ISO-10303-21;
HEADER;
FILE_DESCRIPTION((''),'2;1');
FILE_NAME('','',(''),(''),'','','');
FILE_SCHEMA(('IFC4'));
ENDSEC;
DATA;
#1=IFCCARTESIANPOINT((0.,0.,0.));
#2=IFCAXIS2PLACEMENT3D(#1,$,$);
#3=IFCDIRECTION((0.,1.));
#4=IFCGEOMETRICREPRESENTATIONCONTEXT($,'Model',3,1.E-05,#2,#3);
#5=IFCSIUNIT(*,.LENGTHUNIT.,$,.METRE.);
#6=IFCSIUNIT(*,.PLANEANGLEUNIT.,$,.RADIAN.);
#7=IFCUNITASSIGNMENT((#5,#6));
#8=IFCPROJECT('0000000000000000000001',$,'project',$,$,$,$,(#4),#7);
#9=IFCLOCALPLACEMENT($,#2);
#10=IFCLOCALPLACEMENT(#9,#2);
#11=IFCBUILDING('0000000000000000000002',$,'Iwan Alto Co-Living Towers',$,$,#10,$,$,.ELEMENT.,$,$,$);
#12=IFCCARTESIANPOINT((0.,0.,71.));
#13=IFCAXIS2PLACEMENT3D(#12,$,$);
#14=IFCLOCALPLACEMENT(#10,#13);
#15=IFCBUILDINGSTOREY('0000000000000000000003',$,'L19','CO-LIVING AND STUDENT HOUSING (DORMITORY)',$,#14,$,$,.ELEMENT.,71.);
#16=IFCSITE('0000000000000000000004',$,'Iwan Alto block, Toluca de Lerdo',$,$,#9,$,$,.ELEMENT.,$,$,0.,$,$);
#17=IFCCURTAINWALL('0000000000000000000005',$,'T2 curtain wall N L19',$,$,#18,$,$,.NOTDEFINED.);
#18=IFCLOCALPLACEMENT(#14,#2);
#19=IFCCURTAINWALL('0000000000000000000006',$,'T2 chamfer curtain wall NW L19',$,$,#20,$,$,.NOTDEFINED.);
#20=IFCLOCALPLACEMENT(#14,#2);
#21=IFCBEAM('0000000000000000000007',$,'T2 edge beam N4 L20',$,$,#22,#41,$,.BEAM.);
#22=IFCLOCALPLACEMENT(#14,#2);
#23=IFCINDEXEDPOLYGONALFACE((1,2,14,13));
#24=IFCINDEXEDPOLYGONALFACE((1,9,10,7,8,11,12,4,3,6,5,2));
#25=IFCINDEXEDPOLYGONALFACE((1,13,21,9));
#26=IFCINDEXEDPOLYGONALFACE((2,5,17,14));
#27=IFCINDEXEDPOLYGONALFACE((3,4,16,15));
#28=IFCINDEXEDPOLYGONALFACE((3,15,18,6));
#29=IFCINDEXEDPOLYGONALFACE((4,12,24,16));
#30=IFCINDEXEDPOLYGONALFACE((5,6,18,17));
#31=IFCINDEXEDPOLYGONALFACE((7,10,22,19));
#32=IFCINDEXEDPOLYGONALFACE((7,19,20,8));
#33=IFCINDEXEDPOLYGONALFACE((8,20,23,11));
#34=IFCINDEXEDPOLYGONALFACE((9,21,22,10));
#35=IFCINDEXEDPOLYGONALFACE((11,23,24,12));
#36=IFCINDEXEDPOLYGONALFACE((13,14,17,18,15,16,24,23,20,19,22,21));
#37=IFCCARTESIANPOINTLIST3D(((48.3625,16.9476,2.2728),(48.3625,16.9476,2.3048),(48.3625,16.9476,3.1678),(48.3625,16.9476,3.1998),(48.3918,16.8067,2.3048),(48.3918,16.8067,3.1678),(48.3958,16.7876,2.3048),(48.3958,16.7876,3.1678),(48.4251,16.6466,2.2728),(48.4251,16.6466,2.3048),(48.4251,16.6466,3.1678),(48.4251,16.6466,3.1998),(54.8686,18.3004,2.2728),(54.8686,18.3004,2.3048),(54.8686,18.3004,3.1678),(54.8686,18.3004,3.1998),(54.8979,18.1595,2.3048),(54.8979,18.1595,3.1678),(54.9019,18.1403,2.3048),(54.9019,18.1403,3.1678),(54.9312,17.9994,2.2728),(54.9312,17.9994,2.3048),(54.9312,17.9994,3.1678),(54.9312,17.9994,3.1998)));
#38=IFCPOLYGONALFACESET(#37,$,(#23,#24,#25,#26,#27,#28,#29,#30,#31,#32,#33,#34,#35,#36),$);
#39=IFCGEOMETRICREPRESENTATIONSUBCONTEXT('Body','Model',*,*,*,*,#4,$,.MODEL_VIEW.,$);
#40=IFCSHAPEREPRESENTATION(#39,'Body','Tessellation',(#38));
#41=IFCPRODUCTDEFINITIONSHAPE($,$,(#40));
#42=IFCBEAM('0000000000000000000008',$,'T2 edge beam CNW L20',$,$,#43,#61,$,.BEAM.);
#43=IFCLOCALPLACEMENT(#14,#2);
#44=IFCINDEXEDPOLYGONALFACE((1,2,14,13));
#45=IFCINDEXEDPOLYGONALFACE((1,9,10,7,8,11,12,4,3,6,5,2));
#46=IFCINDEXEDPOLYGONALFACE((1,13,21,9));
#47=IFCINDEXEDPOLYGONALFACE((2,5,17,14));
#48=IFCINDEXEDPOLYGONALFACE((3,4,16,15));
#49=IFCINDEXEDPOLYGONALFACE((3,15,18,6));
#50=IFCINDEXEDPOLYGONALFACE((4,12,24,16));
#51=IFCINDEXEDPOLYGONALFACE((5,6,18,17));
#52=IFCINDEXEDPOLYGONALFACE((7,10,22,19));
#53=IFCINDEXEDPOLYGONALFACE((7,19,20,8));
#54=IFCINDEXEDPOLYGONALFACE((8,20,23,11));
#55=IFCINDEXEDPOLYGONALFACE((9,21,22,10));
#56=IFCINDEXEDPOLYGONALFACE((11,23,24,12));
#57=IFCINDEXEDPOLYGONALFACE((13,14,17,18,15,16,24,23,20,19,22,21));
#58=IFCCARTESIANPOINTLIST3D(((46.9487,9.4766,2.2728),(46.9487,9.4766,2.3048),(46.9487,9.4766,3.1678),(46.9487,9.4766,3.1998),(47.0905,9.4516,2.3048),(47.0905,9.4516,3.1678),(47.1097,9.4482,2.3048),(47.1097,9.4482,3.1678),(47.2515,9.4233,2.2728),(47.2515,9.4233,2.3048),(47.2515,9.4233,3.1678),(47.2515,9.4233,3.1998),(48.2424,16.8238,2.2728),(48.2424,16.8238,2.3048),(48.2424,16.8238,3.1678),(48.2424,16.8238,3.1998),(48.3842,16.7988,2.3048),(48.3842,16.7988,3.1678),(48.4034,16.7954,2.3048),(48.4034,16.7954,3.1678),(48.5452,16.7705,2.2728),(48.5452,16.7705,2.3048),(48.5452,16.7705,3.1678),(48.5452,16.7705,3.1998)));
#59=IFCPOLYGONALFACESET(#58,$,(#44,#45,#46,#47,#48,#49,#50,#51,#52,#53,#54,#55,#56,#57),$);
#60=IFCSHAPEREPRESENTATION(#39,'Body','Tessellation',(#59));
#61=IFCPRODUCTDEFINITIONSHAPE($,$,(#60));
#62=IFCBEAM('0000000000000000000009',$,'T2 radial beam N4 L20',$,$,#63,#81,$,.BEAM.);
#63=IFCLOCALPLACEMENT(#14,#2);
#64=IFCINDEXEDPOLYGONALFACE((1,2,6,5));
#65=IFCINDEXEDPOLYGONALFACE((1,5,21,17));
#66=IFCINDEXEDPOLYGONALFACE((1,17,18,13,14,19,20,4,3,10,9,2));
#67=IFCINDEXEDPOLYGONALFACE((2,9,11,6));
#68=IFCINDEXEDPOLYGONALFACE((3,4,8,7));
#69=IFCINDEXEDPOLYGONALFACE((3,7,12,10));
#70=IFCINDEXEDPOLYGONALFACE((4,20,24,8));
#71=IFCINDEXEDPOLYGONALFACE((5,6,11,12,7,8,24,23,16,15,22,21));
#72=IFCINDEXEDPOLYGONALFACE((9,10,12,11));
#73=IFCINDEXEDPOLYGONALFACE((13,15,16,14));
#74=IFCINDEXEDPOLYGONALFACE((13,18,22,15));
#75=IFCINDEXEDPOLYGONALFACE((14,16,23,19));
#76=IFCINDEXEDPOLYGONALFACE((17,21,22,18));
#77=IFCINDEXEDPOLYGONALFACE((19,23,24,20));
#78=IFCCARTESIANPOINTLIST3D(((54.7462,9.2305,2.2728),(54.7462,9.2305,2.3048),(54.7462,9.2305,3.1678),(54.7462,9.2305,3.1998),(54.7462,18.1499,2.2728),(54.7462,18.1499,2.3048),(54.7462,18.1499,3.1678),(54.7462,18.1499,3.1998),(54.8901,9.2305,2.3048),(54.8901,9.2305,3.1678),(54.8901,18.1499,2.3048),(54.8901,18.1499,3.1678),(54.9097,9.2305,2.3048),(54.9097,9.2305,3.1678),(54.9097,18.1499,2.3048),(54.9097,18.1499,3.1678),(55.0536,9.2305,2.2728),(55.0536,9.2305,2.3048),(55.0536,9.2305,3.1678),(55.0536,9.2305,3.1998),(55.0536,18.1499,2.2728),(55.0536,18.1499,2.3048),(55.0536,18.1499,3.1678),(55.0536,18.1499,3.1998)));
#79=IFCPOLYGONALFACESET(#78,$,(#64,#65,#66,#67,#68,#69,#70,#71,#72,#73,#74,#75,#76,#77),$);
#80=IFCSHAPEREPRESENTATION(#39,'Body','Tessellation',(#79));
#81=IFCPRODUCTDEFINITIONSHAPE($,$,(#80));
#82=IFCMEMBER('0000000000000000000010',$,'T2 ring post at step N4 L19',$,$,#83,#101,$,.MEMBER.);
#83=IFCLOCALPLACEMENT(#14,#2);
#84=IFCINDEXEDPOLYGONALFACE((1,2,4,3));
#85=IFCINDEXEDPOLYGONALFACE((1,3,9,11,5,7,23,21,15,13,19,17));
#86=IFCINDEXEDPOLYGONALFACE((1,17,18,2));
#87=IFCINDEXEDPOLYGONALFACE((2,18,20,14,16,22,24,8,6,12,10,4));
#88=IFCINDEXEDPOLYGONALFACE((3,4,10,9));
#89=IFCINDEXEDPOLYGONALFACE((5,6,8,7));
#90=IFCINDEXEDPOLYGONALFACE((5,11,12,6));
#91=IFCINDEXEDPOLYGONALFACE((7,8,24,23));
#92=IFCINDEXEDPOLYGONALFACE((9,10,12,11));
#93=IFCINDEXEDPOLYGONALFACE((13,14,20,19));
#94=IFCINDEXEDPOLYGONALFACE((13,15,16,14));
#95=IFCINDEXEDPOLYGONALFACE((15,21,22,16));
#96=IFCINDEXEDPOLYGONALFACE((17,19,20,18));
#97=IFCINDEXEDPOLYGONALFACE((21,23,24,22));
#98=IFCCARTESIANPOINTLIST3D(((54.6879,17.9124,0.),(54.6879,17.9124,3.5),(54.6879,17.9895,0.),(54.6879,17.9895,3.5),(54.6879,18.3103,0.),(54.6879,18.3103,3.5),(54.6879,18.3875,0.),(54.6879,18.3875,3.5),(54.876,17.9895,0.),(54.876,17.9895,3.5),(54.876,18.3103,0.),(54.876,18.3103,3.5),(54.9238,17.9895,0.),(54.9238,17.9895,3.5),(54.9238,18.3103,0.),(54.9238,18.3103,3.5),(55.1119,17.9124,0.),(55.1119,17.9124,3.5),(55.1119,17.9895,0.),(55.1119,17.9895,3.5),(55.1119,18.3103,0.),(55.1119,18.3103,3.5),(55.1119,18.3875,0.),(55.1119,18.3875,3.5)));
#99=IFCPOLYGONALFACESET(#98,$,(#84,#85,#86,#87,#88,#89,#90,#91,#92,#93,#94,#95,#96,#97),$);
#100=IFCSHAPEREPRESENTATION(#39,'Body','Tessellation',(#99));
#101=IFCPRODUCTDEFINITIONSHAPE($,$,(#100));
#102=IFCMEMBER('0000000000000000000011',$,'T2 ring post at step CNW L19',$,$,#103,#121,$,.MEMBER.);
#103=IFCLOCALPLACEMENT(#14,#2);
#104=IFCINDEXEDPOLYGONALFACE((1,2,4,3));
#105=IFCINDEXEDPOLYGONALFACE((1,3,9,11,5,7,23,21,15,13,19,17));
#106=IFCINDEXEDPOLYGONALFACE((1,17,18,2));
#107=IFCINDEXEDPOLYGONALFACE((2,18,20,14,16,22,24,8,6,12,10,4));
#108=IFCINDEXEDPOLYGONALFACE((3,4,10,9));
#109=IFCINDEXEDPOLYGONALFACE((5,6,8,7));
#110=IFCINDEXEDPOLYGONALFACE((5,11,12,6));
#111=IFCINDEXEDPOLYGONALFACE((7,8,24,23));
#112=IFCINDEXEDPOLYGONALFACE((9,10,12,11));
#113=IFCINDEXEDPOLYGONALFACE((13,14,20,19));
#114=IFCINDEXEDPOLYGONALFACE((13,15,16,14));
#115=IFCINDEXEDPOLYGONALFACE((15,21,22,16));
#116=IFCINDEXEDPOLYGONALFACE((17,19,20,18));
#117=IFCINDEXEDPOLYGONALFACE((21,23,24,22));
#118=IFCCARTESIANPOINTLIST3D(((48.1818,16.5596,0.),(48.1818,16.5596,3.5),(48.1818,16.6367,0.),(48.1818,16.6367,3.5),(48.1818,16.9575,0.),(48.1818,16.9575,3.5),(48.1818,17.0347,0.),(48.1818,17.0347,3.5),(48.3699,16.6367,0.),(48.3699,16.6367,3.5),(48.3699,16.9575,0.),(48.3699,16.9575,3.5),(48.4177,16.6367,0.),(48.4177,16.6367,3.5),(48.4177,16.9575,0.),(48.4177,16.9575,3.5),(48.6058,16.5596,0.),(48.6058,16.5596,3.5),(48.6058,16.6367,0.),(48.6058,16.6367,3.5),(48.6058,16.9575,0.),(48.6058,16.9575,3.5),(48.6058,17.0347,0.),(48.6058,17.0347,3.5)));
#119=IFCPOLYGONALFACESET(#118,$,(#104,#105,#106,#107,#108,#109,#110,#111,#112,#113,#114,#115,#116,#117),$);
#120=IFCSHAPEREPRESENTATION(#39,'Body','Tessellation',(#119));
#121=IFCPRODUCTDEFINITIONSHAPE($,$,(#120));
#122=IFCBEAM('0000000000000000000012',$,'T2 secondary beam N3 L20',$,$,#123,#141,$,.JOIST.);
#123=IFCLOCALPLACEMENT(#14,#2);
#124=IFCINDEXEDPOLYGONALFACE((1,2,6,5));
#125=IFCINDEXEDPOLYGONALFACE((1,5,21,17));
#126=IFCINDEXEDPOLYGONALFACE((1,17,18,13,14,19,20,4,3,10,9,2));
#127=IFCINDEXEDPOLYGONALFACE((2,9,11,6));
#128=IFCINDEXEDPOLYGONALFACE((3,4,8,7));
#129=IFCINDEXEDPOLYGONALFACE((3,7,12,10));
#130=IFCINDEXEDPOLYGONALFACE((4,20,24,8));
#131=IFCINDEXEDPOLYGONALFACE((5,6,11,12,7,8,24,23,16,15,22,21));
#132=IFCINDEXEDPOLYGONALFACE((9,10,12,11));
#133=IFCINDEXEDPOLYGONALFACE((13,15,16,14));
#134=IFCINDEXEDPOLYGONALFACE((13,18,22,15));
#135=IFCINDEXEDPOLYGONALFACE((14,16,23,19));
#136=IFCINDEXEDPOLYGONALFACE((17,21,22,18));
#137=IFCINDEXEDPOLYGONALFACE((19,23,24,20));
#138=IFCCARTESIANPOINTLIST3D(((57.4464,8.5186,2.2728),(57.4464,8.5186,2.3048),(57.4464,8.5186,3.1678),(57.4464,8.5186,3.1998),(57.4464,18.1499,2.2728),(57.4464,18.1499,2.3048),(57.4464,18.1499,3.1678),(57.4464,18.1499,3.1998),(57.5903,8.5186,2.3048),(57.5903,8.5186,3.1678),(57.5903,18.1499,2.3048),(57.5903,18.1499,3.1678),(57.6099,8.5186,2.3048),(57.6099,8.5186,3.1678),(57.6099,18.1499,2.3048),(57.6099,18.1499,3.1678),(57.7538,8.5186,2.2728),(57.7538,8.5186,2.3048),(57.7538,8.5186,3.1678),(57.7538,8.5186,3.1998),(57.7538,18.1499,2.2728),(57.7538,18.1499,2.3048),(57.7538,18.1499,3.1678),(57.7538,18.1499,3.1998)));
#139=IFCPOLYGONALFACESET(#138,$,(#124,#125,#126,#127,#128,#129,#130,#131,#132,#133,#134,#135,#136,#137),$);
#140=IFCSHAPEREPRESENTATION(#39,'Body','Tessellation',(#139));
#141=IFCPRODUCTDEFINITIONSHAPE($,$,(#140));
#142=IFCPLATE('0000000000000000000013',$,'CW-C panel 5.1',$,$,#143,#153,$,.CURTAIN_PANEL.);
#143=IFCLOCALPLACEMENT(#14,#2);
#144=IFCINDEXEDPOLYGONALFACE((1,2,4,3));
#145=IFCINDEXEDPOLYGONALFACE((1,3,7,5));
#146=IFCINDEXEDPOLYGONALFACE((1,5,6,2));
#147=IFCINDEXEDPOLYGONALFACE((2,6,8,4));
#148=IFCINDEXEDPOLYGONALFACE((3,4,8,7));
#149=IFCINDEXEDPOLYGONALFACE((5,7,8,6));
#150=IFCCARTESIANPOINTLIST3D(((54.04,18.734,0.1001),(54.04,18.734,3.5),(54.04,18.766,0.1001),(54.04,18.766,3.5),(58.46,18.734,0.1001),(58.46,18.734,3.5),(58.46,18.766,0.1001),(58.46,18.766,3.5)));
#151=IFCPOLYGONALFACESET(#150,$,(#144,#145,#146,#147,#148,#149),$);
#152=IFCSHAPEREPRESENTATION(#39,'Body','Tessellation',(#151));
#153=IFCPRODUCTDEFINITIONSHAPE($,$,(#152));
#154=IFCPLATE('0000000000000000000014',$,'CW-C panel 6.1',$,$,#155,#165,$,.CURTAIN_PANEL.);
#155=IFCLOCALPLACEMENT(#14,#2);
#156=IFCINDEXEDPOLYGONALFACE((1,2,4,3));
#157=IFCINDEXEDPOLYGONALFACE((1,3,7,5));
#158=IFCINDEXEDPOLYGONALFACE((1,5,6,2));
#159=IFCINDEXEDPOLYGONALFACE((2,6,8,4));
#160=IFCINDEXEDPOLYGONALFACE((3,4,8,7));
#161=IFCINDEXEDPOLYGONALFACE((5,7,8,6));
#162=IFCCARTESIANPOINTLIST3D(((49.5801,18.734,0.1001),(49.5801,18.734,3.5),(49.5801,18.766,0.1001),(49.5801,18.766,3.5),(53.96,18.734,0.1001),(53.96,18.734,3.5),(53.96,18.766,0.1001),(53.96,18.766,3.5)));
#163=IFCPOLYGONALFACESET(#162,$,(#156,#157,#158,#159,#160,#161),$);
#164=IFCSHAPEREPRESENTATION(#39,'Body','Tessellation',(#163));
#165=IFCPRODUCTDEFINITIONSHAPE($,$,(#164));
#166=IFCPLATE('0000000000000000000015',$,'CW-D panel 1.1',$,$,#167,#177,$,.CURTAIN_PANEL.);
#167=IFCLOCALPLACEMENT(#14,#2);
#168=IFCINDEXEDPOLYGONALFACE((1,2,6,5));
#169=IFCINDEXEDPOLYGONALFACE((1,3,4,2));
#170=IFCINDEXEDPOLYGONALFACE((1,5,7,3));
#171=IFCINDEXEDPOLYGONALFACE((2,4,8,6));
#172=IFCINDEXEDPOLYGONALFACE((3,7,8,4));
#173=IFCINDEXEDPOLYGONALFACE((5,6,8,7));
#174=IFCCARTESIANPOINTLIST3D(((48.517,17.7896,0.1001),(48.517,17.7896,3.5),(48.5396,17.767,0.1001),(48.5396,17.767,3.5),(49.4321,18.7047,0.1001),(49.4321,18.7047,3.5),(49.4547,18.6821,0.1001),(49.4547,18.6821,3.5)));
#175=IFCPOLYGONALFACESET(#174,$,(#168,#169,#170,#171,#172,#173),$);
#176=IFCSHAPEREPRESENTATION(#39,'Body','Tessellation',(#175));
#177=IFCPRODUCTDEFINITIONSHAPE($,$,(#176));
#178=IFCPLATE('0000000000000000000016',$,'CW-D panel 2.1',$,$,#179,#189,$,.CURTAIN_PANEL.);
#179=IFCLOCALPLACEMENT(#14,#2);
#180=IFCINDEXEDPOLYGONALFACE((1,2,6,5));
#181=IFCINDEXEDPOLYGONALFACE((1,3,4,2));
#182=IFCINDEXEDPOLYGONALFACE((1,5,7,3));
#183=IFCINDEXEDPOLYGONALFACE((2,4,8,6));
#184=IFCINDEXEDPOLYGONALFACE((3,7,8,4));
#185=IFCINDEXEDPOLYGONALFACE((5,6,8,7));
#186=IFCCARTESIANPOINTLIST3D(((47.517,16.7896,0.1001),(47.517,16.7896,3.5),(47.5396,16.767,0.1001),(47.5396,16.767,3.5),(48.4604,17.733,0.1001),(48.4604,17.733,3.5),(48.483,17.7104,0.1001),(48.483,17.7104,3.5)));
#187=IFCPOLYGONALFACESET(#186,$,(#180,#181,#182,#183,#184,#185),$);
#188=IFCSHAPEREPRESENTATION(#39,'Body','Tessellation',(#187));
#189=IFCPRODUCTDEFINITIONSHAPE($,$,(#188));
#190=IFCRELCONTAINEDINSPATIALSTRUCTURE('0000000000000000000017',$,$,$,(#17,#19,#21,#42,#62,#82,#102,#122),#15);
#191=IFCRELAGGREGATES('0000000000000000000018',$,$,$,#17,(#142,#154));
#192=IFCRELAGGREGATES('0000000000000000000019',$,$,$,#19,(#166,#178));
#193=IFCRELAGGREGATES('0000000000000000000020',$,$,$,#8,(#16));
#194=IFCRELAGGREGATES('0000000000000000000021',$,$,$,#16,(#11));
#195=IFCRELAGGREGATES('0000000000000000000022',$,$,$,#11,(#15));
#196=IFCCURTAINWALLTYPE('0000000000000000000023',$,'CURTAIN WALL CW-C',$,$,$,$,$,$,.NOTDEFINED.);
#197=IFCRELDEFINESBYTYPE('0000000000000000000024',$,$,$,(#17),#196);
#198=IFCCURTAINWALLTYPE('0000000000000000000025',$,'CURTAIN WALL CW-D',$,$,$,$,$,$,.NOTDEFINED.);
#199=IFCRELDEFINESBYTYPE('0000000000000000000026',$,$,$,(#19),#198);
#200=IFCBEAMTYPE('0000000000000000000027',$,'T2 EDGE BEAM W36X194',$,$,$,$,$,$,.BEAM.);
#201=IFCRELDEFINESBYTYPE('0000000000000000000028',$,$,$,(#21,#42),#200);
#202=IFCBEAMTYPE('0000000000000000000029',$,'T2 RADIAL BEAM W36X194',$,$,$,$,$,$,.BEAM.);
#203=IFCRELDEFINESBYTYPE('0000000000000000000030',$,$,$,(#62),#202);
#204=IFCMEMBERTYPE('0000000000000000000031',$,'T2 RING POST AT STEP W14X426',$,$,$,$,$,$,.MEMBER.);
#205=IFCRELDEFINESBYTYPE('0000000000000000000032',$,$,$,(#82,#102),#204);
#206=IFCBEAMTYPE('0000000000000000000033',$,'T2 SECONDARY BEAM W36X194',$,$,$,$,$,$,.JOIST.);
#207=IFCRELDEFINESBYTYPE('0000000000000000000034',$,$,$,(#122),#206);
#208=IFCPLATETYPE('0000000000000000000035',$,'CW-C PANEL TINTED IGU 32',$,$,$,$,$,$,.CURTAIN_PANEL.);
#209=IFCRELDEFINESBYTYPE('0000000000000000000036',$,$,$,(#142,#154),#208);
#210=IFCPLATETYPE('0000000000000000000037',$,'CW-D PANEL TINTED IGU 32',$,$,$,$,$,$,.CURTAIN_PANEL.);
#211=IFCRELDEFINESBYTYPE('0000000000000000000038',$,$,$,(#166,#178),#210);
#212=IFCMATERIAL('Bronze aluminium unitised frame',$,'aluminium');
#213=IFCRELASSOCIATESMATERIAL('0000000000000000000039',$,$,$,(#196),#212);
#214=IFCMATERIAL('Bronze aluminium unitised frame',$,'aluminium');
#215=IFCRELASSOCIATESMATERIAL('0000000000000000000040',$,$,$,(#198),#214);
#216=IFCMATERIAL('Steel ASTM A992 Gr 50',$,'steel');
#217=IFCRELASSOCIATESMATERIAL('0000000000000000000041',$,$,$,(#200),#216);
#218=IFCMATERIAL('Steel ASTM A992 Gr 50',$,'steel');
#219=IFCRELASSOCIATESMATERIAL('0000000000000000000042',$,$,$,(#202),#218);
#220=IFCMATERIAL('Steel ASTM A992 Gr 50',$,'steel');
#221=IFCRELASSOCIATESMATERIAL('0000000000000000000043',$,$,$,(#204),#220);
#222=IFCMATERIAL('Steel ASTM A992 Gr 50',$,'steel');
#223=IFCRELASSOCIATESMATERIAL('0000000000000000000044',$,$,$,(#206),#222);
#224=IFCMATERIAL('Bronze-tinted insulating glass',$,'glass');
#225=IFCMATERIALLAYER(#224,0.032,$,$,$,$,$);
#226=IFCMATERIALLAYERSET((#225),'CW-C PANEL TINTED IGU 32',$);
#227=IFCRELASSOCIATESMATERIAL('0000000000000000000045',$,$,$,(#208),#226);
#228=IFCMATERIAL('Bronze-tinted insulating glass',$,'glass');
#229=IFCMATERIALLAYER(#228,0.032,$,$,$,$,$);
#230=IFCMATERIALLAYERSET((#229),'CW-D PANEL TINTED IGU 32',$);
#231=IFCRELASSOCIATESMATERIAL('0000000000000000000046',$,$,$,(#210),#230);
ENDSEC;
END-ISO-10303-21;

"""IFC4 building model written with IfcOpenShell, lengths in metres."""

from ifc_helpers import new_model, si_unit, direction, frame, origin, origin_2d, place, context, subcontext, project, spatial, rectangle, i_section, extrude, material, layer, layer_set, material_profile, profile_set, type_object, element, aggregate, save


model = new_model("IFC4")

# Units and contexts
model_context = context("Model", 3, precision=1e-05, world=origin(), true_north=direction((0.0, 1.0)))
body_context = subcontext(model_context, "Body", "Model", "MODEL_VIEW")
ifc_project = project(units=[si_unit("LENGTHUNIT", "METRE"), si_unit("PLANEANGLEUNIT", "RADIAN")], contexts=[model_context])

# Site, building, storey
site_placement = place(None, origin())
site = spatial("IfcSite", under=ifc_project, at=site_placement, Name="Iwan Alto block, Toluca de Lerdo", CompositionType="ELEMENT", RefElevation=0.0)
building_placement = place(site_placement, origin())
building = spatial("IfcBuilding", under=site, at=building_placement, Name="Iwan Alto Co-Living Towers", CompositionType="ELEMENT")
storey_placement = place(building_placement, frame((0.0, 0.0, 71.0)))
storey = spatial("IfcBuildingStorey", under=building, at=storey_placement, Name="L19", Description="CO-LIVING AND STUDENT HOUSING (DORMITORY)", CompositionType="ELEMENT", Elevation=71.0)

# Curtain walls
ifc_material_1 = material(Name="Bronze aluminium unitised frame", Category="aluminium")
curtain_wall_type_1 = type_object("IfcCurtainWallType", Name="CURTAIN WALL CW-C", PredefinedType="NOTDEFINED", material=ifc_material_1)
curtain_wall_1_placement = place(storey_placement, origin())
curtain_wall_1 = element("IfcCurtainWall", 1, at=curtain_wall_1_placement, inside=storey, type_object=curtain_wall_type_1, Name="T2 curtain wall N L19", PredefinedType="NOTDEFINED")
ifc_material_2 = material(Name="Bronze aluminium unitised frame", Category="aluminium")
curtain_wall_type_2 = type_object("IfcCurtainWallType", Name="CURTAIN WALL CW-D", PredefinedType="NOTDEFINED", material=ifc_material_2)
curtain_wall_2_placement = place(storey_placement, origin())
curtain_wall_2 = element("IfcCurtainWall", 2, at=curtain_wall_2_placement, inside=storey, type_object=curtain_wall_type_2, Name="T2 chamfer curtain wall NW L19", PredefinedType="NOTDEFINED")

# Beams
ifc_material_3 = material(Name="Steel ASTM A992 Gr 50", Category="steel")
ifc_material_profile_1 = material_profile(ifc_material_3, i_section(OverallWidth=0.3074, OverallDepth=0.927, WebThickness=0.0195, FlangeThickness=0.032, at=origin_2d()), Name="W36X194")
ifc_profile_set_1 = profile_set([ifc_material_profile_1], Name="Steel ASTM A992 Gr 50")
beam_type_1 = type_object("IfcBeamType", Name="T2 EDGE BEAM W36X194", PredefinedType="BEAM", material=ifc_profile_set_1)
beam_1_placement = place(storey_placement, frame((54.8999, 18.1499, 2.7363), z_axis=(-0.97906, -0.203571, 0.0), x_axis=(0.203571, -0.97906, 0.0)))
element("IfcBeam", 3, at=beam_1_placement, inside=storey, type_object=beam_type_1, Name="T2 edge beam N4 L20", PredefinedType="BEAM", context=body_context, shape_type="SweptSolid", body=[
    extrude(i_section(OverallWidth=0.3074, OverallDepth=0.927, WebThickness=0.0195, FlangeThickness=0.032, at=origin_2d()), origin(), (0.0, 0.0, 1.0), 6.6453),
])
beam_2_placement = place(storey_placement, frame((48.3938, 16.7971, 2.7363), z_axis=(-0.173414, -0.984849, 0.0), x_axis=(0.984849, -0.173414, 0.0)))
element("IfcBeam", 4, at=beam_2_placement, inside=storey, type_object=beam_type_1, Name="T2 edge beam CNW L20", PredefinedType="BEAM", context=body_context, shape_type="SweptSolid", body=[
    extrude(i_section(OverallWidth=0.3074, OverallDepth=0.927, WebThickness=0.0195, FlangeThickness=0.032, at=origin_2d()), origin(), (0.0, 0.0, 1.0), 7.4602),
])
ifc_material_4 = material(Name="Steel ASTM A992 Gr 50", Category="steel")
ifc_material_profile_2 = material_profile(ifc_material_4, i_section(OverallWidth=0.3074, OverallDepth=0.927, WebThickness=0.0195, FlangeThickness=0.032, at=origin_2d()), Name="W36X194")
ifc_profile_set_2 = profile_set([ifc_material_profile_2], Name="Steel ASTM A992 Gr 50")
beam_type_2 = type_object("IfcBeamType", Name="T2 RADIAL BEAM W36X194", PredefinedType="BEAM", material=ifc_profile_set_2)
beam_3_placement = place(storey_placement, frame((54.8999, 18.1499, 2.7363), z_axis=(0.0, -1.0, 0.0), x_axis=(1.0, 0.0, 0.0)))
element("IfcBeam", 5, at=beam_3_placement, inside=storey, type_object=beam_type_2, Name="T2 radial beam N4 L20", PredefinedType="BEAM", context=body_context, shape_type="SweptSolid", body=[
    extrude(i_section(OverallWidth=0.3074, OverallDepth=0.927, WebThickness=0.0195, FlangeThickness=0.032, at=origin_2d()), origin(), (0.0, 0.0, 1.0), 8.9194),
])

# Members
ifc_material_5 = material(Name="Steel ASTM A992 Gr 50", Category="steel")
ifc_material_profile_3 = material_profile(ifc_material_5, i_section(OverallWidth=0.4241, OverallDepth=0.4751, WebThickness=0.0479, FlangeThickness=0.0771, at=origin_2d()), Name="W14X426")
ifc_profile_set_3 = profile_set([ifc_material_profile_3], Name="Steel ASTM A992 Gr 50")
member_type_1 = type_object("IfcMemberType", Name="T2 RING POST AT STEP W14X426", PredefinedType="MEMBER", material=ifc_profile_set_3)
for number, where, z_axis, x_axis, name in (
    (6, (54.8999, 18.1499, 0.0), (0.0, 0.0, 1.0), (1.0, 0.0, 0.0), "T2 ring post at step N4 L19"),
    (7, (48.3938, 16.7971, 0.0), (0.0, 0.0, 1.0), (1.0, 0.0, 0.0), "T2 ring post at step CNW L19"),
):
    element("IfcMember", number, at=place(storey_placement, frame(where, z_axis=z_axis, x_axis=x_axis)), inside=storey, type_object=member_type_1, Name=name, PredefinedType="MEMBER", context=body_context, shape_type="SweptSolid", body=[
        extrude(i_section(OverallWidth=0.4241, OverallDepth=0.4751, WebThickness=0.0479, FlangeThickness=0.0771, at=origin_2d()), origin(), (0.0, 0.0, 1.0), 3.5),
    ])

# Beam
ifc_material_6 = material(Name="Steel ASTM A992 Gr 50", Category="steel")
ifc_material_profile_4 = material_profile(ifc_material_6, i_section(OverallWidth=0.3074, OverallDepth=0.927, WebThickness=0.0195, FlangeThickness=0.032, at=origin_2d()), Name="W36X194")
ifc_profile_set_4 = profile_set([ifc_material_profile_4], Name="Steel ASTM A992 Gr 50")
beam_type_3 = type_object("IfcBeamType", Name="T2 SECONDARY BEAM W36X194", PredefinedType="JOIST", material=ifc_profile_set_4)
beam_4_placement = place(storey_placement, frame((57.6001, 18.1499, 2.7363), z_axis=(0.0, -1.0, 0.0), x_axis=(1.0, 0.0, 0.0)))
element("IfcBeam", 8, at=beam_4_placement, inside=storey, type_object=beam_type_3, Name="T2 secondary beam N3 L20", PredefinedType="JOIST", context=body_context, shape_type="SweptSolid", body=[
    extrude(i_section(OverallWidth=0.3074, OverallDepth=0.927, WebThickness=0.0195, FlangeThickness=0.032, at=origin_2d()), origin(), (0.0, 0.0, 1.0), 9.6313),
])

# Plates
ifc_material_7 = material(Name="Bronze-tinted insulating glass", Category="glass")
ifc_layer_1 = layer(ifc_material_7, 0.032)
ifc_layer_set_1 = layer_set([ifc_layer_1], Name="CW-C PANEL TINTED IGU 32")
plate_type_1 = type_object("IfcPlateType", Name="CW-C PANEL TINTED IGU 32", PredefinedType="CURTAIN_PANEL", material=ifc_layer_set_1)
plate_1_placement = place(storey_placement, frame((56.25, 18.75, 0.1001), z_axis=(0.0, 0.0, 1.0), x_axis=(-1.0, 0.0, 0.0)))
plate_1 = element("IfcPlate", 9, at=plate_1_placement, type_object=plate_type_1, Name="CW-C panel 5.1", PredefinedType="CURTAIN_PANEL", context=body_context, shape_type="SweptSolid", body=[
    extrude(rectangle(XDim=4.4199, YDim=0.032, at=origin_2d()), origin(), (0.0, 0.0, 1.0), 3.3999),
])
plate_2_placement = place(storey_placement, frame((51.77, 18.75, 0.1001), z_axis=(0.0, 0.0, 1.0), x_axis=(-1.0, 0.0, 0.0)))
plate_2 = element("IfcPlate", 10, at=plate_2_placement, type_object=plate_type_1, Name="CW-C panel 6.1", PredefinedType="CURTAIN_PANEL", context=body_context, shape_type="SweptSolid", body=[
    extrude(rectangle(XDim=4.3799, YDim=0.032, at=origin_2d()), origin(), (0.0, 0.0, 1.0), 3.3999),
])
aggregate(curtain_wall_1, [plate_1, plate_2])
ifc_material_8 = material(Name="Bronze-tinted insulating glass", Category="glass")
ifc_layer_2 = layer(ifc_material_8, 0.032)
ifc_layer_set_2 = layer_set([ifc_layer_2], Name="CW-D PANEL TINTED IGU 32")
plate_type_2 = type_object("IfcPlateType", Name="CW-D PANEL TINTED IGU 32", PredefinedType="CURTAIN_PANEL", material=ifc_layer_set_2)
plate_3_placement = place(storey_placement, frame((48.9858, 18.2358, 0.1001), z_axis=(0.0, 0.0, 1.0), x_axis=(-0.707107, -0.707107, 0.0)))
plate_3 = element("IfcPlate", 11, at=plate_3_placement, type_object=plate_type_2, Name="CW-D panel 1.1", PredefinedType="CURTAIN_PANEL", context=body_context, shape_type="SweptSolid", body=[
    extrude(rectangle(XDim=1.2942, YDim=0.032, at=origin_2d()), origin(), (0.0, 0.0, 1.0), 3.3999),
])
plate_4_placement = place(storey_placement, frame((48.0, 17.25, 0.1001), z_axis=(0.0, 0.0, 1.0), x_axis=(-0.707107, -0.707107, 0.0)))
plate_4 = element("IfcPlate", 12, at=plate_4_placement, type_object=plate_type_2, Name="CW-D panel 2.1", PredefinedType="CURTAIN_PANEL", context=body_context, shape_type="SweptSolid", body=[
    extrude(rectangle(XDim=1.3342, YDim=0.032, at=origin_2d()), origin(), (0.0, 0.0, 1.0), 3.3999),
])
aggregate(curtain_wall_2, [plate_3, plate_4])

save(model, "model.ifc")
